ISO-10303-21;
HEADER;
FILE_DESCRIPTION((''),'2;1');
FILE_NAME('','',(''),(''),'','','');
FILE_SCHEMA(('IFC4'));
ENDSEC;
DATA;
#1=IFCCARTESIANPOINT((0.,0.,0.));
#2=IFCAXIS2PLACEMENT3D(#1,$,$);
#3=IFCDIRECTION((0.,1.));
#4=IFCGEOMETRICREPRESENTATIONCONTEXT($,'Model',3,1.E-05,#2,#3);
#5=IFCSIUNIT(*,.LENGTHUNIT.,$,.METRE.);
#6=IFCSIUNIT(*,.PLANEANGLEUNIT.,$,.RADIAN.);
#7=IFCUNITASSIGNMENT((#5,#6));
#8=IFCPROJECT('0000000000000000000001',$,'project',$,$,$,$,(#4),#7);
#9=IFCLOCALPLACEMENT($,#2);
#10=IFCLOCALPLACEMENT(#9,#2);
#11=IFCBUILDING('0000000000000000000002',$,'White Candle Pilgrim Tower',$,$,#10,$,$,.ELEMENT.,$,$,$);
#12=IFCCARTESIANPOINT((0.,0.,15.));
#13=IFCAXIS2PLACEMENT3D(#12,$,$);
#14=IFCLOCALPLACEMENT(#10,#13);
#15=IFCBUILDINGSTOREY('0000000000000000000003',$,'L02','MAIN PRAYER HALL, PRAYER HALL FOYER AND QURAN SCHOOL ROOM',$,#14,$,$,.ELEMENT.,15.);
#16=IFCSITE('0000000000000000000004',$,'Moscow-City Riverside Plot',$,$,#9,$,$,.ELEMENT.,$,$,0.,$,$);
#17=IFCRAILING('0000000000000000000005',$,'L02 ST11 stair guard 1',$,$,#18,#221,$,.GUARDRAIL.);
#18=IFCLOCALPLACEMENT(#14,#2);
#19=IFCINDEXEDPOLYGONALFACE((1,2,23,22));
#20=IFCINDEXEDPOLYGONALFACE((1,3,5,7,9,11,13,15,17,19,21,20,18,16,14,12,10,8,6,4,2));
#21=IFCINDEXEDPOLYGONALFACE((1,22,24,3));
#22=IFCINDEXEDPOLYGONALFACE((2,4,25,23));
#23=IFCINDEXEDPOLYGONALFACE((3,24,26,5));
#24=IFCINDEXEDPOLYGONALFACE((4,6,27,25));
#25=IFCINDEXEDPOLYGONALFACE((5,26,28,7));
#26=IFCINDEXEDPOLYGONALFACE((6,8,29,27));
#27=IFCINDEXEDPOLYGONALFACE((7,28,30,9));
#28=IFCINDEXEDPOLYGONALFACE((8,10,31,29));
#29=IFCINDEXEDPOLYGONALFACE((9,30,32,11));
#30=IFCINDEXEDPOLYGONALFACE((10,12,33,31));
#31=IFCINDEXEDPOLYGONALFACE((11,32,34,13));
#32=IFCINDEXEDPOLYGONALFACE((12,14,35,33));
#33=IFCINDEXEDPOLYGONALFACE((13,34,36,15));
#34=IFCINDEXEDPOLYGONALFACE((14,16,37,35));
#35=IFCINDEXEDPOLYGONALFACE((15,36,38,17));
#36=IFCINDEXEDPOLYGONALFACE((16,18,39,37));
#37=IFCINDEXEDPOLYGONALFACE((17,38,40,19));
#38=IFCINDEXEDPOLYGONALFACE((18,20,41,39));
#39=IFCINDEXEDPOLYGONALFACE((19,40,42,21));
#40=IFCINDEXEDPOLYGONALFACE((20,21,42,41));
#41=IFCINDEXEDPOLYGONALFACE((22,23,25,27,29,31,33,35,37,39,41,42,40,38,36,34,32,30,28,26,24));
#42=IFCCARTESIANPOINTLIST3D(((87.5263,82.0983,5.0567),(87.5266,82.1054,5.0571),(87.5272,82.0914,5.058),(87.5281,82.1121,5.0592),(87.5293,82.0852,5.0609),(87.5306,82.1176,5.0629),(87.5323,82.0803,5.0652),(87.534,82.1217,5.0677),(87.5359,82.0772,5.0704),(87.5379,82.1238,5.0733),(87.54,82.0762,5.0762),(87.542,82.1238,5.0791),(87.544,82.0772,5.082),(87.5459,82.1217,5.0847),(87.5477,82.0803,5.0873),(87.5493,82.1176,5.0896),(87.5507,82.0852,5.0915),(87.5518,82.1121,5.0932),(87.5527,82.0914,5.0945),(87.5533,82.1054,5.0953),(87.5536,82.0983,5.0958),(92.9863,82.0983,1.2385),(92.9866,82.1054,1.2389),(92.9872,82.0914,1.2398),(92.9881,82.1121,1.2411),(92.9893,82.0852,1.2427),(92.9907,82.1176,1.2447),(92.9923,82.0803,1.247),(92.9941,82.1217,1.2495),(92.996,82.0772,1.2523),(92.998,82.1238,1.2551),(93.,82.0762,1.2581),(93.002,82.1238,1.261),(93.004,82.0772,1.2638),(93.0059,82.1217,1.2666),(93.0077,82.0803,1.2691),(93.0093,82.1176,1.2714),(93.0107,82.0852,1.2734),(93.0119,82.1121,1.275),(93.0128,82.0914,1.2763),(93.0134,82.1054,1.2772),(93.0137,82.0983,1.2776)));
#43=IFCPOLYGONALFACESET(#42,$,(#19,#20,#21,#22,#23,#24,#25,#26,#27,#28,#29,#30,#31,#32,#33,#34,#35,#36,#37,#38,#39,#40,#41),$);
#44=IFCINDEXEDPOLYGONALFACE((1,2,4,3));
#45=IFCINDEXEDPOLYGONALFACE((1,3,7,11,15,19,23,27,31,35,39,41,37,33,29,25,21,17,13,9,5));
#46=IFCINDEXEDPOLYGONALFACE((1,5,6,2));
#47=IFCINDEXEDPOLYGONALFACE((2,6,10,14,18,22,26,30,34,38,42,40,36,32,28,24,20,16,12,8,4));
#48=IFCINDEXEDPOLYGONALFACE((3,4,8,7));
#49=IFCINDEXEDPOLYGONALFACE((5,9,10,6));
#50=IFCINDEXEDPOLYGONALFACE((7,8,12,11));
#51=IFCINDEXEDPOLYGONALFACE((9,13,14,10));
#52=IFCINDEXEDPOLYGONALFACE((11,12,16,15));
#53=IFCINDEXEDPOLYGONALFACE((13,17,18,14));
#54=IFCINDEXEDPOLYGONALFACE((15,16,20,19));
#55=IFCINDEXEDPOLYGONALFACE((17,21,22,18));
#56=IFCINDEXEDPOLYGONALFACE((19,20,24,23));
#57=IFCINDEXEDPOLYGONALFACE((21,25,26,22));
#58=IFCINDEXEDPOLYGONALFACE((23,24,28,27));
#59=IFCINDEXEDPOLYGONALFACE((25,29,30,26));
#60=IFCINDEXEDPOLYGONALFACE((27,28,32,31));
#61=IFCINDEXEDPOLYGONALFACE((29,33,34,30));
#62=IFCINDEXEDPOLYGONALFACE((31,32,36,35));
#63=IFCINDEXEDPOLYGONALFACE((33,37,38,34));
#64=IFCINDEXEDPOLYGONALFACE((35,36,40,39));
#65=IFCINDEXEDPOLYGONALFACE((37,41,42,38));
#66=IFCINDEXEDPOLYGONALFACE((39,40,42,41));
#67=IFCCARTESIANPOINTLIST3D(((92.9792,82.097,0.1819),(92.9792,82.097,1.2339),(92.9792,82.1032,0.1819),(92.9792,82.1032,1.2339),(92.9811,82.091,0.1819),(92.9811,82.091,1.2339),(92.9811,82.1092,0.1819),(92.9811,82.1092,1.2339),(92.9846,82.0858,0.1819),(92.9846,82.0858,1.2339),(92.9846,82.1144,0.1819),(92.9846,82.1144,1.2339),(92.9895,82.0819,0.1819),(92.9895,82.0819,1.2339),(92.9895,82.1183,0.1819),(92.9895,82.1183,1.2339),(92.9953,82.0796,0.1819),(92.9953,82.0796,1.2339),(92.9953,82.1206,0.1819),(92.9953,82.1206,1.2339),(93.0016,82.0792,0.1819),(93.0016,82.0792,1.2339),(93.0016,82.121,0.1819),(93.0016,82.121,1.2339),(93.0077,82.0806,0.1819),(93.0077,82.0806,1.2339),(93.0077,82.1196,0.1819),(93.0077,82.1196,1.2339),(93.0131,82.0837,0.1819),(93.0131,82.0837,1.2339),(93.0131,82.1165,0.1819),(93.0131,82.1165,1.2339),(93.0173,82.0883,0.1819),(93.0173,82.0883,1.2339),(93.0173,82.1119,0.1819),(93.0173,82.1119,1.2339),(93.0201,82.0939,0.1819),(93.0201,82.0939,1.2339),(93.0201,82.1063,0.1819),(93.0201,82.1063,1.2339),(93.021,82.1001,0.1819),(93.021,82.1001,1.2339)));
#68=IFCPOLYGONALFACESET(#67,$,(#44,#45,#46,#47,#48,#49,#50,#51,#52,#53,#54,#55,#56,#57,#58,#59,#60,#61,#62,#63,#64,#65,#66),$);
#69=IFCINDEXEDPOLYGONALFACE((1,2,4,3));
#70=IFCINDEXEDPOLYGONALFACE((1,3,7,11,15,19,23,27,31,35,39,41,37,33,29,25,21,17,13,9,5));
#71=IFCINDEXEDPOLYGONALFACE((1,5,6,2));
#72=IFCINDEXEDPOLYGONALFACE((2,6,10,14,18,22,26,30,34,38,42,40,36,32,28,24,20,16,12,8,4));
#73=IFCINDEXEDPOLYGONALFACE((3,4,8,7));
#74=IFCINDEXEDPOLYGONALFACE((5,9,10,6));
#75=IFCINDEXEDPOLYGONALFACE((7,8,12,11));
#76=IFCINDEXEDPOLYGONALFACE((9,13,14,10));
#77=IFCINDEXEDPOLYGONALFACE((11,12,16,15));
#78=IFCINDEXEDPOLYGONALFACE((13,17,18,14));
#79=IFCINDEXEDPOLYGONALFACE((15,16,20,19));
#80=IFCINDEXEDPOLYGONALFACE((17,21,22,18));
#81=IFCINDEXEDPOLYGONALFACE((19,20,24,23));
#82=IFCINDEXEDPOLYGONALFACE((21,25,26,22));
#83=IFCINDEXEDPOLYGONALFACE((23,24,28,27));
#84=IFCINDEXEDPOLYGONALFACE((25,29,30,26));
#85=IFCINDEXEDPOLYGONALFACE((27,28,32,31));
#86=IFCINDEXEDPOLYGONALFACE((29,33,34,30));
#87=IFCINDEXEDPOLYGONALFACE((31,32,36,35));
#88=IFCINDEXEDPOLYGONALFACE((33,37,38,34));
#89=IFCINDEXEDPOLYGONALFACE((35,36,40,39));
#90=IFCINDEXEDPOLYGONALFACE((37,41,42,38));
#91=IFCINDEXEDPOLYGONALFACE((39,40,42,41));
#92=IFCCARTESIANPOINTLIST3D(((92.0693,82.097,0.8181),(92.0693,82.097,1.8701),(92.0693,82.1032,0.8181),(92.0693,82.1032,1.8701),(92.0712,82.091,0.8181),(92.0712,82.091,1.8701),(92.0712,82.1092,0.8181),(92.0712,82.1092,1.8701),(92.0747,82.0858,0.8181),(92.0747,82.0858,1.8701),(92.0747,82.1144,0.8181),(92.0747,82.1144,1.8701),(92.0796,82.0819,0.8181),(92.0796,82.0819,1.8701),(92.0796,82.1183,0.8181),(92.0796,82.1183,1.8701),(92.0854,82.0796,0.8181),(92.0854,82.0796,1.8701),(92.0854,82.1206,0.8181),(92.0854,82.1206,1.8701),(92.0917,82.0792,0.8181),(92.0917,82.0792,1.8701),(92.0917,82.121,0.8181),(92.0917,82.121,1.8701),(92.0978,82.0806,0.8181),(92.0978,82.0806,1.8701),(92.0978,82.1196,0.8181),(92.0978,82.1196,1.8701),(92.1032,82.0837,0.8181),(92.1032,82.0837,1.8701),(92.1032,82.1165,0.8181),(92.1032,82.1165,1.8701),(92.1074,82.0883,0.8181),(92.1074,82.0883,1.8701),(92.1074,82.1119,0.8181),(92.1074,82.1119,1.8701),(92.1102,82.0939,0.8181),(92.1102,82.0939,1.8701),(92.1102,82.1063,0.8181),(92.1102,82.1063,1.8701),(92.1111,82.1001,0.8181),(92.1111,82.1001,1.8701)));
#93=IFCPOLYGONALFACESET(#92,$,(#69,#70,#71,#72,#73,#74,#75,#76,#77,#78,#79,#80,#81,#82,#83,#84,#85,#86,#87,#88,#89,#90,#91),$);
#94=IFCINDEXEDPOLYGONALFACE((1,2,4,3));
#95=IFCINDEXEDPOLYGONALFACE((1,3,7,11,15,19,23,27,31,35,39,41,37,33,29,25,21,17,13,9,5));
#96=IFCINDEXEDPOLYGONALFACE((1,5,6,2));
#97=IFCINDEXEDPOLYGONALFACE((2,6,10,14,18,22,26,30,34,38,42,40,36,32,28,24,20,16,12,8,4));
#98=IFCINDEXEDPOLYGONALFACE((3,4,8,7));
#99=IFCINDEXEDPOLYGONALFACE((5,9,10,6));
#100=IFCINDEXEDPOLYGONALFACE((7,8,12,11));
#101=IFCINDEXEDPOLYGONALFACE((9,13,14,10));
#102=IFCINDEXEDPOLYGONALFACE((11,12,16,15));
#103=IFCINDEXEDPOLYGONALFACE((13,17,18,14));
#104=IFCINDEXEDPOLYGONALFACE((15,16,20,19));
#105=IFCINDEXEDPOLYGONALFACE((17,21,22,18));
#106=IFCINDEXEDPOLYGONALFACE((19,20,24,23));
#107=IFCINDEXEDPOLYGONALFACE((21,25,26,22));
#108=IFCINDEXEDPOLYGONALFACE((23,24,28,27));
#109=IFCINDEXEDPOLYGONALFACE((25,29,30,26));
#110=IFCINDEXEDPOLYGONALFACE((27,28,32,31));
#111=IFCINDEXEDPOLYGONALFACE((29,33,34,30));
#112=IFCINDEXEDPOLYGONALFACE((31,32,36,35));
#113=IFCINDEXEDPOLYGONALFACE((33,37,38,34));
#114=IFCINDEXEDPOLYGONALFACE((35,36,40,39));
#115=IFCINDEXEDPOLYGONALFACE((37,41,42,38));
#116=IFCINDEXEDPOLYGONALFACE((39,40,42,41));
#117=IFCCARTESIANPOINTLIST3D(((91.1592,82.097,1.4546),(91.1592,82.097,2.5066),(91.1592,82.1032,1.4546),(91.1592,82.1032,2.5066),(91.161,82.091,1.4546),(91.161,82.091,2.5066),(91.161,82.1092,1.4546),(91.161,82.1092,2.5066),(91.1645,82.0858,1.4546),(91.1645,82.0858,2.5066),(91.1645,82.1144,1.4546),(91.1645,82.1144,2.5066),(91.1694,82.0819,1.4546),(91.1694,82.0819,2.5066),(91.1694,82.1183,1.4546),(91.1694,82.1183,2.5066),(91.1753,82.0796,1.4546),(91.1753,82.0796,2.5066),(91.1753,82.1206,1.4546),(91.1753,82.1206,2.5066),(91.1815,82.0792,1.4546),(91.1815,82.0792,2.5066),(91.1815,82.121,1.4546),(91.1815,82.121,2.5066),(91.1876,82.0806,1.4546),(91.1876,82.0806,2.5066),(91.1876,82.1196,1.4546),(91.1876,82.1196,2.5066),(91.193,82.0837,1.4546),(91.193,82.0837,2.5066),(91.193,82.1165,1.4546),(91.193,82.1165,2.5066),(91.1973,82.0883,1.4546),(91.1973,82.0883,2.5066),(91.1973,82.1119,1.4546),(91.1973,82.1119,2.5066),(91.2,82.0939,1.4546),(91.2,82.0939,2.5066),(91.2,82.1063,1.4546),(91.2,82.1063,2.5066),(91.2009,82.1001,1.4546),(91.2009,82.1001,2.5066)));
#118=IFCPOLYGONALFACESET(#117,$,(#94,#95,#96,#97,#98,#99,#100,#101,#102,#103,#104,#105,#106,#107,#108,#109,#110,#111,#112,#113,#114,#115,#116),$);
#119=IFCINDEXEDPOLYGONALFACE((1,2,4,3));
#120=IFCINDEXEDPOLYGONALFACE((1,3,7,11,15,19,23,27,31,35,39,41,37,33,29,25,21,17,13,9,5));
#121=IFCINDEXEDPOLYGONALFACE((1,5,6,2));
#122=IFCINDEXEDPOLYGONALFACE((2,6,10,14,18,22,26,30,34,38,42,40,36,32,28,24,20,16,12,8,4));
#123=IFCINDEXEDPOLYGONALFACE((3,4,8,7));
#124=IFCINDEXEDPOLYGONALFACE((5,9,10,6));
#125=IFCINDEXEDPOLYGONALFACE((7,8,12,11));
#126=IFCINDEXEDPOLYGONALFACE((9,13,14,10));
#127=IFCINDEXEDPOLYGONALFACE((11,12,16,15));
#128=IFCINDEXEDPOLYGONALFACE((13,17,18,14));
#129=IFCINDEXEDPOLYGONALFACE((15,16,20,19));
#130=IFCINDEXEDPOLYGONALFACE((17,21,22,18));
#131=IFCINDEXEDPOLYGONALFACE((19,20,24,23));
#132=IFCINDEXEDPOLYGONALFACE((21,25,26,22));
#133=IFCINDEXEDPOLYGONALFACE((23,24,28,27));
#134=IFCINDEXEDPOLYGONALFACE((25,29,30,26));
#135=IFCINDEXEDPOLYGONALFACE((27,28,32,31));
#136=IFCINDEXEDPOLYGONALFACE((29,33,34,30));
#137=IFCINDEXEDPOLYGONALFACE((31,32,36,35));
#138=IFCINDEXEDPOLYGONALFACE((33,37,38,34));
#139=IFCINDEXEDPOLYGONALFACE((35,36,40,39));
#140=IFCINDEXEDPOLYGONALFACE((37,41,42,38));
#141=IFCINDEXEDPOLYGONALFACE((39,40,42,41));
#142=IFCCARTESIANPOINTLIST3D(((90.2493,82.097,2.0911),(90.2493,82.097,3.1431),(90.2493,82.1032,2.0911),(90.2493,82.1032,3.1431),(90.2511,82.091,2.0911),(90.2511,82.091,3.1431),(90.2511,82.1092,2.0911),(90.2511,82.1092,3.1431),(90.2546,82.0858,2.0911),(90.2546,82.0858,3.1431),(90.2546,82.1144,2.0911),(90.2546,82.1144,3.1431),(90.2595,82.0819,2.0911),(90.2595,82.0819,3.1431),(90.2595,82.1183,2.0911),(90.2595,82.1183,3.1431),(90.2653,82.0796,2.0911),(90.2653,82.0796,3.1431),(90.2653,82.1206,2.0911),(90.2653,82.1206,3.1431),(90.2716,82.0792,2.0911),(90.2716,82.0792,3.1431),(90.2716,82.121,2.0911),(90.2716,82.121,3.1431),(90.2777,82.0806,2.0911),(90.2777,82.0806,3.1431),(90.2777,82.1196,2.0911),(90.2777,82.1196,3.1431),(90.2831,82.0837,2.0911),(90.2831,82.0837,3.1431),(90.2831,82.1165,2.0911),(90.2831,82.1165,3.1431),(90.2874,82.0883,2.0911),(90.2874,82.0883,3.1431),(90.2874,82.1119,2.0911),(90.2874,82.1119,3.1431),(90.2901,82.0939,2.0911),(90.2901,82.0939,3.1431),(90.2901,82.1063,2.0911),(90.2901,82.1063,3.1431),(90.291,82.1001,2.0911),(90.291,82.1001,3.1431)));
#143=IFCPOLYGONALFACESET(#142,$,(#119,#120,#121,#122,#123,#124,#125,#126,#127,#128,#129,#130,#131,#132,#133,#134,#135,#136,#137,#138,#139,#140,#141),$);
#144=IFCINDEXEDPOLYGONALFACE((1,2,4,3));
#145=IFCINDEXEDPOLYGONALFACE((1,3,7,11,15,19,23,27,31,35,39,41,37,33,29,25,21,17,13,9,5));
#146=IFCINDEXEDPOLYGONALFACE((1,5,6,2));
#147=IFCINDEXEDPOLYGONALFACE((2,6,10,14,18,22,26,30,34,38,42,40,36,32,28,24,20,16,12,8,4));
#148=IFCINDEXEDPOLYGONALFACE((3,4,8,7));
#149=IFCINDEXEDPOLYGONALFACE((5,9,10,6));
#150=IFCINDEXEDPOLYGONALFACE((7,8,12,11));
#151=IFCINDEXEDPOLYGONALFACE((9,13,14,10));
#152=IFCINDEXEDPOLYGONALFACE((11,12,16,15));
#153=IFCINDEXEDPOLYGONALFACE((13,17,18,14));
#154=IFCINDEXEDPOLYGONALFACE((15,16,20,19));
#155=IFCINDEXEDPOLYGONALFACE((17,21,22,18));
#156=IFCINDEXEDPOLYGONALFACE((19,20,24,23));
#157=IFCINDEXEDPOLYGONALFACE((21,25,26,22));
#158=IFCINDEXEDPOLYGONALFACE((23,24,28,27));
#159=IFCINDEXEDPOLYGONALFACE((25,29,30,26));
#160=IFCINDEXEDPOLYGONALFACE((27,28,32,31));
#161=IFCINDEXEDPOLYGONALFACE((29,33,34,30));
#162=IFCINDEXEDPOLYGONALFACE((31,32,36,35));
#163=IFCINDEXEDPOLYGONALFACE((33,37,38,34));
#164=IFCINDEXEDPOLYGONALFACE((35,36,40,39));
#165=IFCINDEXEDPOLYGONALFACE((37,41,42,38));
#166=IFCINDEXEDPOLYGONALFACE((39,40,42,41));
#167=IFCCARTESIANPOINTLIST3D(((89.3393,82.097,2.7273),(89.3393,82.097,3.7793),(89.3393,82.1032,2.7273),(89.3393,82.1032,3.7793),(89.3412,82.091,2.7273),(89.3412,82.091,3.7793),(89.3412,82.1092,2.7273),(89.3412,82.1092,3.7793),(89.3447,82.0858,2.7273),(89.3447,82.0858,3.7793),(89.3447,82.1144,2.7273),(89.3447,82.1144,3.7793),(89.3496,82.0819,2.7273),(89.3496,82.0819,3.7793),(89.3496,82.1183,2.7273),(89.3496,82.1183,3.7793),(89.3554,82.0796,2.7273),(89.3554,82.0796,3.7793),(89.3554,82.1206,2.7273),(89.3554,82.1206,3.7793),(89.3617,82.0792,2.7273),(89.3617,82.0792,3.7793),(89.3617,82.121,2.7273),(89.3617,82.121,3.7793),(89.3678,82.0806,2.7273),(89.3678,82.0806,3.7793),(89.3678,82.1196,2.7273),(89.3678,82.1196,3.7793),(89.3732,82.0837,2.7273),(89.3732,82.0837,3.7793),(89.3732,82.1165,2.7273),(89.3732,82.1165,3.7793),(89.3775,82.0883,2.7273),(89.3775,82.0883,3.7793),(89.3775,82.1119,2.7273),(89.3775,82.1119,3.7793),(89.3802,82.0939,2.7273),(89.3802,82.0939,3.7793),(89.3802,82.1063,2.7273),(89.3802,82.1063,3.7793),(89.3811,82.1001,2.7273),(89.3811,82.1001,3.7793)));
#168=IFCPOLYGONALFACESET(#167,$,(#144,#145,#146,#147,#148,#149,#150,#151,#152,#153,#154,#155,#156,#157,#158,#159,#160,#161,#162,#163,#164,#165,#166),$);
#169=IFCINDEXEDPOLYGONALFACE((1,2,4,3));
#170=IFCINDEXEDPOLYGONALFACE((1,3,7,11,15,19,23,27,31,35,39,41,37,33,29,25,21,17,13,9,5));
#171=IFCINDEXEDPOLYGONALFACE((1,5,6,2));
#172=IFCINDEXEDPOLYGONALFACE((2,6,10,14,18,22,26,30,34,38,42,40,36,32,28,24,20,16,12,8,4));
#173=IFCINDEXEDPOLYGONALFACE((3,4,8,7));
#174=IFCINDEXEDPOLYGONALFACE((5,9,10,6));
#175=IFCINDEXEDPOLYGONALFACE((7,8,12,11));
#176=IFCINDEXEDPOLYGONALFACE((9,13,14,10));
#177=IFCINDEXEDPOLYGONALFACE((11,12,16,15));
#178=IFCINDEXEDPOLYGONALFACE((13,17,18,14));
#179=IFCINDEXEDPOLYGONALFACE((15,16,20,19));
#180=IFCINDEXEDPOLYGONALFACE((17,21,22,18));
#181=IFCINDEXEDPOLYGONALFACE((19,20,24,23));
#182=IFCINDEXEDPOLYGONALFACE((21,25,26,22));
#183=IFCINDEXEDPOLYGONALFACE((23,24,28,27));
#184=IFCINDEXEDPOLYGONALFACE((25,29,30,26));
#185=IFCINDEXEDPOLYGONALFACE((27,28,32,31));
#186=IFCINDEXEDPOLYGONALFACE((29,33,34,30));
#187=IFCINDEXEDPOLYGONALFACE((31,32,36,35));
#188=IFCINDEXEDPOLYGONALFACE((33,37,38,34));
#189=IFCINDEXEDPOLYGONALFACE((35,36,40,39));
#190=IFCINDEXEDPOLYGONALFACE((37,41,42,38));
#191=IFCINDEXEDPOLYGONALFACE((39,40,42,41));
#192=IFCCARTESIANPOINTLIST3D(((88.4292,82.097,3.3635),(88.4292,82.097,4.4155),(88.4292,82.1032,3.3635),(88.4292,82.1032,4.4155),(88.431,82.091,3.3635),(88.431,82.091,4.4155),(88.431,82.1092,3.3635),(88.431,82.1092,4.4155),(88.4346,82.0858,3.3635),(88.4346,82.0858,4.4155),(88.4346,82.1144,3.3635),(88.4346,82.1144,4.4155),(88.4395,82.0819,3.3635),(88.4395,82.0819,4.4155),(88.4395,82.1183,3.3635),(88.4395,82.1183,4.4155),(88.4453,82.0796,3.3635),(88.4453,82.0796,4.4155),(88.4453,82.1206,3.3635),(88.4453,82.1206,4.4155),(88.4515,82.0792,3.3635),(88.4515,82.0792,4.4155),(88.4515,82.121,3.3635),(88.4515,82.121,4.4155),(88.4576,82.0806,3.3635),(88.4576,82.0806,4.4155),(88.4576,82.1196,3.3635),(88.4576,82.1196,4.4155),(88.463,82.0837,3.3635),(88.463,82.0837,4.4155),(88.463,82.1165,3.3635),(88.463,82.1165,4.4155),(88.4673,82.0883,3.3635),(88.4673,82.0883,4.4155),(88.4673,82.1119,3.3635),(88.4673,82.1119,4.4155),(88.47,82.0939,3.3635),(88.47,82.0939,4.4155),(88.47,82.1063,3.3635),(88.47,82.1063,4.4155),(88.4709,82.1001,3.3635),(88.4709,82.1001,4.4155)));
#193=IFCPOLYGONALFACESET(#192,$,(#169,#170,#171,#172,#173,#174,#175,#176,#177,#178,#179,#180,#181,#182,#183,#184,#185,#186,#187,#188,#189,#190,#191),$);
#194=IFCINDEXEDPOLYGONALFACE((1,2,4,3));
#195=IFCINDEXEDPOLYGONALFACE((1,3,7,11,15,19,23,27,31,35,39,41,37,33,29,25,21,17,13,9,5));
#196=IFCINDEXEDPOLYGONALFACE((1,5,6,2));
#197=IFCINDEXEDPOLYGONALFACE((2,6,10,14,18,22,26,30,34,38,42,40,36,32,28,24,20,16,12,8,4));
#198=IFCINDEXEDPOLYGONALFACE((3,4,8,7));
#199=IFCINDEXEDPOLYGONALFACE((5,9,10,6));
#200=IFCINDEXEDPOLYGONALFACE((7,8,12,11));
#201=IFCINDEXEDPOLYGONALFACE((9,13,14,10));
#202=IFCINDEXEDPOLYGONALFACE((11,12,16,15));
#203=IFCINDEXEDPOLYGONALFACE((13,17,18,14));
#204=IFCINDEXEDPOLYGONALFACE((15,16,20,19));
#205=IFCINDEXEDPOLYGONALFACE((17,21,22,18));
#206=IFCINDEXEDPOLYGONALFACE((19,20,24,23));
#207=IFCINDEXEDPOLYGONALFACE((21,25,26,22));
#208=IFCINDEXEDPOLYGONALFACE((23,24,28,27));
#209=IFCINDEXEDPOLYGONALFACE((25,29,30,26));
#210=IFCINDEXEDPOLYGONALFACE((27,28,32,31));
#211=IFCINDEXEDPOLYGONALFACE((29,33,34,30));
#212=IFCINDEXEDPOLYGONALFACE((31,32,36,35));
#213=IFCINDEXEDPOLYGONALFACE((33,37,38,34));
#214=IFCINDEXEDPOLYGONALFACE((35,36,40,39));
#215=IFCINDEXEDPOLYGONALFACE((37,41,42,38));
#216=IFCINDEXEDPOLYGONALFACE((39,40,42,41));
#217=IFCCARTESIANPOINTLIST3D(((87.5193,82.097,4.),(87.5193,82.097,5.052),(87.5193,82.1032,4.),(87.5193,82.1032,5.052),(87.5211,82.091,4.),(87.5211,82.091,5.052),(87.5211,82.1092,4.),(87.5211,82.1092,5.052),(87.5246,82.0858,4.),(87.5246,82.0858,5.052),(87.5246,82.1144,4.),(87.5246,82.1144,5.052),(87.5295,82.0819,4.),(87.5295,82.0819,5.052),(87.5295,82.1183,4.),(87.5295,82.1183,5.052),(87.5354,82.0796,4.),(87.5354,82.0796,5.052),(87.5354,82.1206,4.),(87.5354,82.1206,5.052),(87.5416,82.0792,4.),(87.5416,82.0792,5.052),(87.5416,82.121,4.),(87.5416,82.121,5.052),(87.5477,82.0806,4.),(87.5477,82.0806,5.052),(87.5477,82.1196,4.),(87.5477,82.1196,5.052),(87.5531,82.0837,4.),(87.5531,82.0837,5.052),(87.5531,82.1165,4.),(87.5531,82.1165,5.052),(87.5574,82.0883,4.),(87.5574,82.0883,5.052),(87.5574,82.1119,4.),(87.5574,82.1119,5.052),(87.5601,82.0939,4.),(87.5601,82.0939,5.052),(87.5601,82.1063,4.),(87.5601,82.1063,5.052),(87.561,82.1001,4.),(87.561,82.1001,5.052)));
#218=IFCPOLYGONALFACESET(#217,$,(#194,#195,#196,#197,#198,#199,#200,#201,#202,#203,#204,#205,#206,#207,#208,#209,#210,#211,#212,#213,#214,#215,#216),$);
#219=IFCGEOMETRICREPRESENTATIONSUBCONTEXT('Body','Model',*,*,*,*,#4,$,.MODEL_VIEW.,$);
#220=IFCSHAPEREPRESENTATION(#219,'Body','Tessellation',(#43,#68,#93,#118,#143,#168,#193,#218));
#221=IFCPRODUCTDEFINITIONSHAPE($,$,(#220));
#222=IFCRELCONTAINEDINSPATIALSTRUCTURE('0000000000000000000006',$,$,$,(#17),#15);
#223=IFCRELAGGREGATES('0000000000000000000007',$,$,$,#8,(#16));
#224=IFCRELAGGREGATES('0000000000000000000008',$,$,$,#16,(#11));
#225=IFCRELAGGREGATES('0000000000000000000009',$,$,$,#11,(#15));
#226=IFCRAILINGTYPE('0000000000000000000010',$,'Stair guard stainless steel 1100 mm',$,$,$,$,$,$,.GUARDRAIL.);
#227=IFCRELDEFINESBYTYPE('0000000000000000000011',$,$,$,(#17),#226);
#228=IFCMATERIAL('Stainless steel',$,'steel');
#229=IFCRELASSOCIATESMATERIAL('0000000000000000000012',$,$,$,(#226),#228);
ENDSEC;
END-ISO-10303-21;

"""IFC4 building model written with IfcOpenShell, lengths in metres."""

from ifc_helpers import new_model, si_unit, direction, frame, origin, origin_2d, place, context, subcontext, project, spatial, circle, extrude, material, type_object, element, save


model = new_model("IFC4")

# Units and contexts
model_context = context("Model", 3, precision=1e-05, world=origin(), true_north=direction((0.0, 1.0)))
body_context = subcontext(model_context, "Body", "Model", "MODEL_VIEW")
ifc_project = project(units=[si_unit("LENGTHUNIT", "METRE"), si_unit("PLANEANGLEUNIT", "RADIAN")], contexts=[model_context])

# Site, building, storey
site_placement = place(None, origin())
site = spatial("IfcSite", under=ifc_project, at=site_placement, Name="Moscow-City Riverside Plot", CompositionType="ELEMENT", RefElevation=0.0)
building_placement = place(site_placement, origin())
building = spatial("IfcBuilding", under=site, at=building_placement, Name="White Candle Pilgrim Tower", CompositionType="ELEMENT")
storey_placement = place(building_placement, frame((0.0, 0.0, 15.0)))
storey = spatial("IfcBuildingStorey", under=building, at=storey_placement, Name="L02", Description="MAIN PRAYER HALL, PRAYER HALL FOYER AND QURAN SCHOOL ROOM", CompositionType="ELEMENT", Elevation=15.0)

# Railing
ifc_material_1 = material(Name="Stainless steel", Category="steel")
railing_type_1 = type_object("IfcRailingType", Name="Stair guard stainless steel 1100 mm", PredefinedType="GUARDRAIL", material=ifc_material_1)
railing_1_placement = place(storey_placement, frame((93.0, 82.1001, 0.1819)))
element("IfcRailing", 1, at=railing_1_placement, inside=storey, type_object=railing_type_1, Name="L02 ST11 stair guard 1", PredefinedType="GUARDRAIL", context=body_context, shape_type="SweptSolid", body=[
    extrude(circle(Radius=0.0239, at=origin_2d()), frame((0.0, 0.0, 1.0762), z_axis=(-0.819504, 0.0, 0.573074), x_axis=(0.0, -1.0, 0.0)), (0.0, 0.0, 1.0), 6.6626),
    extrude(circle(Radius=0.021, at=origin_2d()), origin(), (0.0, 0.0, 1.0), 1.052),
    extrude(circle(Radius=0.021, at=origin_2d()), frame((-0.9099, 0.0, 0.6362)), (0.0, 0.0, 1.0), 1.052),
    extrude(circle(Radius=0.021, at=origin_2d()), frame((-1.8201, 0.0, 1.2727)), (0.0, 0.0, 1.0), 1.052),
    extrude(circle(Radius=0.021, at=origin_2d()), frame((-2.73, 0.0, 1.9092)), (0.0, 0.0, 1.0), 1.052),
    extrude(circle(Radius=0.021, at=origin_2d()), frame((-3.6399, 0.0, 2.5454)), (0.0, 0.0, 1.0), 1.052),
    extrude(circle(Radius=0.021, at=origin_2d()), frame((-4.55, 0.0, 3.1816)), (0.0, 0.0, 1.0), 1.052),
    extrude(circle(Radius=0.021, at=origin_2d()), frame((-5.46, 0.0, 3.8181)), (0.0, 0.0, 1.0), 1.052),
])

save(model, "model.ifc")
